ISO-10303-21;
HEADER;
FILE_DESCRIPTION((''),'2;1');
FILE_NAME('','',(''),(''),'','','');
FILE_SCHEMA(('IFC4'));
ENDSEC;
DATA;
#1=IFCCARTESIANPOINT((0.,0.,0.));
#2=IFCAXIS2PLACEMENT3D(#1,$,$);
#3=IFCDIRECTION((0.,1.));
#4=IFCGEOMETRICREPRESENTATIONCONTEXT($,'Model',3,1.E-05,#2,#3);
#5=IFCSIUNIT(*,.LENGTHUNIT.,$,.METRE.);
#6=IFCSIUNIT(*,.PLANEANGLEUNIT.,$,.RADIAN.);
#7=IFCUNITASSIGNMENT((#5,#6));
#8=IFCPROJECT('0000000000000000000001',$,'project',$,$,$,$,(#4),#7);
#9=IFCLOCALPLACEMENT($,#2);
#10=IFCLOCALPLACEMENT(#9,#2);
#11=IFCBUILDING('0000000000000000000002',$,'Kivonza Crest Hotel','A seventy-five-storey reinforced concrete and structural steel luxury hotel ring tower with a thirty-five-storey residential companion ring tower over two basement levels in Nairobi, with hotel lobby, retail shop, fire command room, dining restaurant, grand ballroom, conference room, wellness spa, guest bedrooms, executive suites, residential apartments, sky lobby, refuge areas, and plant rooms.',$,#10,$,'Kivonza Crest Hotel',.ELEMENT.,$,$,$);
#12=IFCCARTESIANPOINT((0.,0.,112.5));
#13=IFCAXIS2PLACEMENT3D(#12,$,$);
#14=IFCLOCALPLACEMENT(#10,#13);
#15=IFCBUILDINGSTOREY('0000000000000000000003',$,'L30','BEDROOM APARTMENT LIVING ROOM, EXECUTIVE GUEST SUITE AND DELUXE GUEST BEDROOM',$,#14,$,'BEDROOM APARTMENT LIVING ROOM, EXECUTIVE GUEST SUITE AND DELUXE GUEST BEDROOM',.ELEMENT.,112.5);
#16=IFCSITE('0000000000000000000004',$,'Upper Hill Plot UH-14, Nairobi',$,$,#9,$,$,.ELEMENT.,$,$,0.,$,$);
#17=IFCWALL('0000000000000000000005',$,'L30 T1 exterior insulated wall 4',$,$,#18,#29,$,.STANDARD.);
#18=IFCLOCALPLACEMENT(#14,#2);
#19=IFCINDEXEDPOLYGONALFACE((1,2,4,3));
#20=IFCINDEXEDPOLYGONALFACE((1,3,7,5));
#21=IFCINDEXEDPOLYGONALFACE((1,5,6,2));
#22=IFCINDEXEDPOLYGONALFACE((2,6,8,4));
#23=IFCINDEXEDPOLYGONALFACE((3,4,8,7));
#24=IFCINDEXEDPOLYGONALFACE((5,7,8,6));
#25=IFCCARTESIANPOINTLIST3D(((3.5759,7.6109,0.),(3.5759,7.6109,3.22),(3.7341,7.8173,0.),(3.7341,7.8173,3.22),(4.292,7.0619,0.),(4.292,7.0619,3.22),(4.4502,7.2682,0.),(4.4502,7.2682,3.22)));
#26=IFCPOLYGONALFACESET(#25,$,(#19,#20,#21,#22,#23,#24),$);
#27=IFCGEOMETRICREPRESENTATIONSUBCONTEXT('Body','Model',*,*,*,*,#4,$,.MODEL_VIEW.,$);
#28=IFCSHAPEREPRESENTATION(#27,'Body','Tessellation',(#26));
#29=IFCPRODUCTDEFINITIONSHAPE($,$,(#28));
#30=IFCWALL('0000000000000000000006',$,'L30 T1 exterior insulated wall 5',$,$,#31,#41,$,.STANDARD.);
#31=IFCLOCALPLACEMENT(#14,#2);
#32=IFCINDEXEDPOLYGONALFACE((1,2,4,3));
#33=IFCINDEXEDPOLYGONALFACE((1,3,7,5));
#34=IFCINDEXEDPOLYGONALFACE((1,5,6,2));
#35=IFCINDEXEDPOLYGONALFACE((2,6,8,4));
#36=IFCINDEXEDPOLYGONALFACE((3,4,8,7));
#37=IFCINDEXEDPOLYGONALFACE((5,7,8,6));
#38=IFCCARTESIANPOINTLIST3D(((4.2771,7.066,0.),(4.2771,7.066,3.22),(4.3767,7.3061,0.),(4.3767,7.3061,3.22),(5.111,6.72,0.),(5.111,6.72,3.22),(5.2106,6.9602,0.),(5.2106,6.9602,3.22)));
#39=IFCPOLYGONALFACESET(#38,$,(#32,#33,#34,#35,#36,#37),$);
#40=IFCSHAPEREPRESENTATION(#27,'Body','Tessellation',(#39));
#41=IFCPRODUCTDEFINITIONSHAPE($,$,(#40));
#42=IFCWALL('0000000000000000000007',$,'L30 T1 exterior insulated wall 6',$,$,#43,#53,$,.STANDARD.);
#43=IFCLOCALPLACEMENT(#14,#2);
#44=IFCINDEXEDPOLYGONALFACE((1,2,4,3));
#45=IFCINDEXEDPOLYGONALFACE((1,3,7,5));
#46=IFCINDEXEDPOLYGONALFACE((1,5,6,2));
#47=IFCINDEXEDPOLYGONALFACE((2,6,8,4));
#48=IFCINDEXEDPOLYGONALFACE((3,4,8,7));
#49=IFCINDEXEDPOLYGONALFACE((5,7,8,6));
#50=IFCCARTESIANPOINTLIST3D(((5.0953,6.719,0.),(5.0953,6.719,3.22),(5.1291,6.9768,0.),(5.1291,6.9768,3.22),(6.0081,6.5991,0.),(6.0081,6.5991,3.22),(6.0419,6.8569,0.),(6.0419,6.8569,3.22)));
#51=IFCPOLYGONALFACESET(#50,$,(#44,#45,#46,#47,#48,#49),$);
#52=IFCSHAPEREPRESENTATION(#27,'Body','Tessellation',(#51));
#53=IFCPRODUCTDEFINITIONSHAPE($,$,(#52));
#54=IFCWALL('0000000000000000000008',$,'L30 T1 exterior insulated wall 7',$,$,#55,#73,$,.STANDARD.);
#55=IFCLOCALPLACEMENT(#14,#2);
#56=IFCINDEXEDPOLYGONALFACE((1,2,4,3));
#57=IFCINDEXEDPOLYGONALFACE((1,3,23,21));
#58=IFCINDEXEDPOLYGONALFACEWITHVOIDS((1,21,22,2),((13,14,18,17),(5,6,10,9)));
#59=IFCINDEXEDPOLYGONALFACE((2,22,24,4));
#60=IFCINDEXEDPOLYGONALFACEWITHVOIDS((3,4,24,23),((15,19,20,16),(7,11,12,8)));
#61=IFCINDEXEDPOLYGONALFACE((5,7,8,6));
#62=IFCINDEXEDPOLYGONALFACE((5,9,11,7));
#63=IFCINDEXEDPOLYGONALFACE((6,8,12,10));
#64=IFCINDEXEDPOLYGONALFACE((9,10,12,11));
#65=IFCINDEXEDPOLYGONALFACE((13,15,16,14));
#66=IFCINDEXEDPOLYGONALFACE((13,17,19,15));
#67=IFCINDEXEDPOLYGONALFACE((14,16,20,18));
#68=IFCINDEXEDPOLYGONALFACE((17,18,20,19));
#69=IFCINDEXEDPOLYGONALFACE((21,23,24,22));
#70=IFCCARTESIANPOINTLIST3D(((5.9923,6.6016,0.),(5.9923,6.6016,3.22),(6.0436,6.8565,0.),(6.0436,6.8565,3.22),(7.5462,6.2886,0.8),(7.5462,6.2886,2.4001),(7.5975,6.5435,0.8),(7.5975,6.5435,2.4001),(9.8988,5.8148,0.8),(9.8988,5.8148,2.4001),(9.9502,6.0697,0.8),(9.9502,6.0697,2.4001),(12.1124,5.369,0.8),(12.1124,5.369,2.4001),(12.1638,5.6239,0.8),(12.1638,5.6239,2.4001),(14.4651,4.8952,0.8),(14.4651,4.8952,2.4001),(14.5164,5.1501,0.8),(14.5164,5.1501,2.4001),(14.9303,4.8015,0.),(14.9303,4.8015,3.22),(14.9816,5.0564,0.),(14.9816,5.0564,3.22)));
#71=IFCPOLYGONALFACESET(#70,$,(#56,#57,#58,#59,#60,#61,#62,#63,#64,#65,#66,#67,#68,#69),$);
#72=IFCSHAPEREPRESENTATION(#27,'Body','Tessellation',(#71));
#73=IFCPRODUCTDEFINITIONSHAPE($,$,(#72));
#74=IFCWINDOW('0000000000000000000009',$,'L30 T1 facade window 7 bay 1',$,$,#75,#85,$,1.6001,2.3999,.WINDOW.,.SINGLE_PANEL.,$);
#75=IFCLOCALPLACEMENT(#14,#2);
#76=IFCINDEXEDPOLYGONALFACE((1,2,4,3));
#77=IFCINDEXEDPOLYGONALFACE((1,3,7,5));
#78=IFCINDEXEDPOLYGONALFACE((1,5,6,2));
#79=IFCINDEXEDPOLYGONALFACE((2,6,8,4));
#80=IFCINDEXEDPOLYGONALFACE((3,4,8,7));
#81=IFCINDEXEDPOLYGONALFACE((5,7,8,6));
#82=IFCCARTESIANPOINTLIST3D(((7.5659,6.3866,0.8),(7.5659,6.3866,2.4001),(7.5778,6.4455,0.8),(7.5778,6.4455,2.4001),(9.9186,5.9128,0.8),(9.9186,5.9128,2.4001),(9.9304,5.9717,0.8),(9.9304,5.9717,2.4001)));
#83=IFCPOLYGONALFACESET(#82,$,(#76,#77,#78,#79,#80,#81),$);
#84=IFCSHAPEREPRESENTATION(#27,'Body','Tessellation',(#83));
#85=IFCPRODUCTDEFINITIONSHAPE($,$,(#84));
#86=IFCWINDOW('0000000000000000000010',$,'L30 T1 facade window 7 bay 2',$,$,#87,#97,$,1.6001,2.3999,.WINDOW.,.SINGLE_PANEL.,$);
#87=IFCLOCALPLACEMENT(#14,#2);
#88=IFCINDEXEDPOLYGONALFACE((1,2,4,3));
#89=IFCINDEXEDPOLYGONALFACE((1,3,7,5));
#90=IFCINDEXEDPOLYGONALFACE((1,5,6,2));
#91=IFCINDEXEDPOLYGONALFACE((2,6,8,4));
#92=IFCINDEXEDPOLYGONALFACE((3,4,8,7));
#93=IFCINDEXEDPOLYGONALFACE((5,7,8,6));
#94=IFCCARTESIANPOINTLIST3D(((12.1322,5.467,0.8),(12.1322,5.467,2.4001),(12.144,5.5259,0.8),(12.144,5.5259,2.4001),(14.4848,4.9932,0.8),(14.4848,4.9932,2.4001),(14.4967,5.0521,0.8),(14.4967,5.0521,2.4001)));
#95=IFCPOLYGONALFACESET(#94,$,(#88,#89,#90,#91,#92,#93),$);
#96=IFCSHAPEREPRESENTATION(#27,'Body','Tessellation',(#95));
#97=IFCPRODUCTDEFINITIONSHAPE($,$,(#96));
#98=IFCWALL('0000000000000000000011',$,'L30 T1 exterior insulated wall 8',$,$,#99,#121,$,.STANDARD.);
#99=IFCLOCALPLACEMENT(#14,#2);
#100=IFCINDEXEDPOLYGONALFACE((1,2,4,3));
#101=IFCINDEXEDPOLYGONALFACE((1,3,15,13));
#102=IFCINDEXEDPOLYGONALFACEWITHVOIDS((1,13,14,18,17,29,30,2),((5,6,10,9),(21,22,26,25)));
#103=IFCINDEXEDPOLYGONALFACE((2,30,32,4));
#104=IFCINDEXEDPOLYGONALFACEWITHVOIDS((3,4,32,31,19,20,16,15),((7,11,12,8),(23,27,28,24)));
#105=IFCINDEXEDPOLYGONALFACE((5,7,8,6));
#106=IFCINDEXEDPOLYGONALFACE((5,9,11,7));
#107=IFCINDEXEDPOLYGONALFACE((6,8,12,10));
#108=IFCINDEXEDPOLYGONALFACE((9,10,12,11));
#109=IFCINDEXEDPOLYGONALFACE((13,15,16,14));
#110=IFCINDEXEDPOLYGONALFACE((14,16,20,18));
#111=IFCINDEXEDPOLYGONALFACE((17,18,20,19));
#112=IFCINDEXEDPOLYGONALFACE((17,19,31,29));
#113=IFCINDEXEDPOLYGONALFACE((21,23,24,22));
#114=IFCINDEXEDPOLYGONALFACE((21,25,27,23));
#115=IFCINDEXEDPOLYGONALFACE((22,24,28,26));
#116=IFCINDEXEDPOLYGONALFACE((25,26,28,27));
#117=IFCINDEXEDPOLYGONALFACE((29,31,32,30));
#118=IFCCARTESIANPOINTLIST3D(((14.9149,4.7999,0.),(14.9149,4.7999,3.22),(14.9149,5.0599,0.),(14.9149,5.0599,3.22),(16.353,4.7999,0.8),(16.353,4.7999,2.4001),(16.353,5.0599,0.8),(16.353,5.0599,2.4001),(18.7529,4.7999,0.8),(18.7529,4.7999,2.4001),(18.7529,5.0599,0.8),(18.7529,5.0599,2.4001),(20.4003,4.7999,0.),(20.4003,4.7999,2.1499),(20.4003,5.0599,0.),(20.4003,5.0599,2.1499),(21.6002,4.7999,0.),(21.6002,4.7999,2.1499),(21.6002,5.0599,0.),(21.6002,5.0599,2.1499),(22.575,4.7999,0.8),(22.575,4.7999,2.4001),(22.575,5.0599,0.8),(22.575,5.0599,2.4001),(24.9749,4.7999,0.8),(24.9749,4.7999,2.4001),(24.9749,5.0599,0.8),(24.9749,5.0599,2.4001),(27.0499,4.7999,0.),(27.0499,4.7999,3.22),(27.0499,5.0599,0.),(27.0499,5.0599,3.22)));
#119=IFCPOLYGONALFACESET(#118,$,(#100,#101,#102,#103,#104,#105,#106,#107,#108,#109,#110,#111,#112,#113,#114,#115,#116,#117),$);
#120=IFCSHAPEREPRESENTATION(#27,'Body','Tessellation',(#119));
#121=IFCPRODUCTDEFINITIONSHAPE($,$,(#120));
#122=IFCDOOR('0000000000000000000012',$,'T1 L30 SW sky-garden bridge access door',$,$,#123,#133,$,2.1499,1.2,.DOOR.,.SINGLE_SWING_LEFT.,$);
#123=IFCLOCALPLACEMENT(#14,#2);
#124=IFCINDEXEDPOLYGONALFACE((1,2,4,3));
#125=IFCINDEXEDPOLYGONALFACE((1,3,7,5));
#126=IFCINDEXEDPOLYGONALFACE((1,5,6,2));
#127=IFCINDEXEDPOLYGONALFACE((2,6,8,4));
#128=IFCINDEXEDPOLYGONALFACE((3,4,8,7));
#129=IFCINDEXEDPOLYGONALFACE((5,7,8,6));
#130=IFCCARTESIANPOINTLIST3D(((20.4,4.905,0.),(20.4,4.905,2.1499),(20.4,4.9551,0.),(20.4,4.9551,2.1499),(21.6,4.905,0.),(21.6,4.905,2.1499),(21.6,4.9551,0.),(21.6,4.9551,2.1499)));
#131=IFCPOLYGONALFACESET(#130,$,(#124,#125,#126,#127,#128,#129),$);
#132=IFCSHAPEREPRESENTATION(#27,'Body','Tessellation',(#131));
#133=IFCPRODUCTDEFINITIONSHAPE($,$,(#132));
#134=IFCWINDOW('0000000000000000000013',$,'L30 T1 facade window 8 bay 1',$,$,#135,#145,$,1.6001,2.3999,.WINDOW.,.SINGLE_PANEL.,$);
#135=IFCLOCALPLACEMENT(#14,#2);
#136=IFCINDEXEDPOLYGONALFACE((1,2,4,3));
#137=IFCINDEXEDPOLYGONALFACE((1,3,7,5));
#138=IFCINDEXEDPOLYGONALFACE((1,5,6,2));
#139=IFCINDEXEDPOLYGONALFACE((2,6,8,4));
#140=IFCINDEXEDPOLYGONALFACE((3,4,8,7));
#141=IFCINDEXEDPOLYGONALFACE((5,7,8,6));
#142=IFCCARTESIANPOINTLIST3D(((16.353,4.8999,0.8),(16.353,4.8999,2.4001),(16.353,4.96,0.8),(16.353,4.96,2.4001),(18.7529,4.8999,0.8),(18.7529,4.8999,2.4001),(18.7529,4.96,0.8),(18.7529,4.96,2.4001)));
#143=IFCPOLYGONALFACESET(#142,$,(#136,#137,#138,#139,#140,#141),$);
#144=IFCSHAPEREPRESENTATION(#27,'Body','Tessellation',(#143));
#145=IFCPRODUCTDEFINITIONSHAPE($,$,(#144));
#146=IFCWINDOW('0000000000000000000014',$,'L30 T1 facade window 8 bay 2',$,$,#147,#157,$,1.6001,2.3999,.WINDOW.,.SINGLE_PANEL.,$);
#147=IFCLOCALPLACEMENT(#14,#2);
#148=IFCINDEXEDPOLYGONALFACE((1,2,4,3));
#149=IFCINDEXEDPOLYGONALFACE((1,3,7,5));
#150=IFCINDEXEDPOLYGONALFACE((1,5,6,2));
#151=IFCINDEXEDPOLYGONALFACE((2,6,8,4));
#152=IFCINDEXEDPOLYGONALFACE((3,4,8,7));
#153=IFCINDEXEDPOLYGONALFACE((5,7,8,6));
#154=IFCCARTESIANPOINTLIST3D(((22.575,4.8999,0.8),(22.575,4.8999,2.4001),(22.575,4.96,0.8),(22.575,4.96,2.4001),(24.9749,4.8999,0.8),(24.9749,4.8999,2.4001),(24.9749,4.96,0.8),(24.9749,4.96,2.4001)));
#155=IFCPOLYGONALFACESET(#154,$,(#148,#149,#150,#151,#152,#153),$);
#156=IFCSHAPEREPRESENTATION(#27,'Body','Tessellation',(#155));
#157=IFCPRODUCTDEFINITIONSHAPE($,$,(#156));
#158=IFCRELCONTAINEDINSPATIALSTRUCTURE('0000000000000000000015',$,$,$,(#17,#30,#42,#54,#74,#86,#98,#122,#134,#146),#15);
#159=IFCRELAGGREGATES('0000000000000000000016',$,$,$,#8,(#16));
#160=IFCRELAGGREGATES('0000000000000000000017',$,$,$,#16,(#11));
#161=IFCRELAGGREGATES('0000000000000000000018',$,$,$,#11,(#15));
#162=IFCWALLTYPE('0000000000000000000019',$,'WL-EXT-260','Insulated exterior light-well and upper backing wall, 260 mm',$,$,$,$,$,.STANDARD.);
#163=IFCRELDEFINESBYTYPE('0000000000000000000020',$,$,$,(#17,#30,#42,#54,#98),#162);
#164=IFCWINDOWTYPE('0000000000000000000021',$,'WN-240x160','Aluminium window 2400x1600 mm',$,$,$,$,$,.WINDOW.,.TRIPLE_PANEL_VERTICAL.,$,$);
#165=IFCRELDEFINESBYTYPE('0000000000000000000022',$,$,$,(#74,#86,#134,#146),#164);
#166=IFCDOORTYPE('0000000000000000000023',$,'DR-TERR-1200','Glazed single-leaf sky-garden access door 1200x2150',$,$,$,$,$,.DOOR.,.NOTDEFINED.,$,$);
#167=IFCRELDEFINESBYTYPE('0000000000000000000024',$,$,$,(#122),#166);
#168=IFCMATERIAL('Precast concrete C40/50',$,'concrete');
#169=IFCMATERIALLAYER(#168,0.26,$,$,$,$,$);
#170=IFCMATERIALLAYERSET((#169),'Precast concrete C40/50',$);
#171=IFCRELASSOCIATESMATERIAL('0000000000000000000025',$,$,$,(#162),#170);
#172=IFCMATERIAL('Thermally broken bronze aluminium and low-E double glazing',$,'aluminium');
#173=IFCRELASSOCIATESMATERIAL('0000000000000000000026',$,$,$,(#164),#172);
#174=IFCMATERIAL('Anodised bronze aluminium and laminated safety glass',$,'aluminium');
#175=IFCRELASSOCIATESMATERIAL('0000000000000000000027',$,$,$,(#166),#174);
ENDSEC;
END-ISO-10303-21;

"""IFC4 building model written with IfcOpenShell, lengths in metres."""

from ifc_helpers import new_model, si_unit, direction, frame, frame_2d, origin, place, context, subcontext, project, spatial, rectangle, extrude, material, layer, layer_set, type_object, element, fill, save


model = new_model("IFC4")

# Units and contexts
model_context = context("Model", 3, precision=1e-05, world=origin(), true_north=direction((0.0, 1.0)))
body_context = subcontext(model_context, "Body", "Model", "MODEL_VIEW")
ifc_project = project(units=[si_unit("LENGTHUNIT", "METRE"), si_unit("PLANEANGLEUNIT", "RADIAN")], contexts=[model_context])

# Site, building, storey
site_placement = place(None, origin())
site = spatial("IfcSite", under=ifc_project, at=site_placement, Name="Upper Hill Plot UH-14, Nairobi", CompositionType="ELEMENT", RefElevation=0.0)
building_placement = place(site_placement, origin())
building = spatial("IfcBuilding", under=site, at=building_placement, Name="Kivonza Crest Hotel", Description="A seventy-five-storey reinforced concrete and structural steel luxury hotel ring tower with a thirty-five-storey residential companion ring tower over two basement levels in Nairobi, with hotel lobby, retail shop, fire command room, dining restaurant, grand ballroom, conference room, wellness spa, guest bedrooms, executive suites, residential apartments, sky lobby, refuge areas, and plant rooms.", LongName="Kivonza Crest Hotel", CompositionType="ELEMENT")
storey_placement = place(building_placement, frame((0.0, 0.0, 112.5)))
storey = spatial("IfcBuildingStorey", under=building, at=storey_placement, Name="L30", Description="BEDROOM APARTMENT LIVING ROOM, EXECUTIVE GUEST SUITE AND DELUXE GUEST BEDROOM", LongName="BEDROOM APARTMENT LIVING ROOM, EXECUTIVE GUEST SUITE AND DELUXE GUEST BEDROOM", CompositionType="ELEMENT", Elevation=112.5)

# Walls
ifc_material_1 = material(Name="Precast concrete C40/50", Category="concrete")
ifc_layer_1 = layer(ifc_material_1, 0.26)
ifc_layer_set_1 = layer_set([ifc_layer_1], Name="Precast concrete C40/50")
wall_type_1 = type_object("IfcWallType", Name="WL-EXT-260", Description="Insulated exterior light-well and upper backing wall, 260 mm", PredefinedType="STANDARD", material=ifc_layer_set_1)
wall_1_placement = place(storey_placement, frame((3.655, 7.7141, 0.0), z_axis=(0.0, 0.0, 1.0), x_axis=(0.793558, -0.608494, 0.0)))
element("IfcWall", 1, at=wall_1_placement, inside=storey, type_object=wall_type_1, Name="L30 T1 exterior insulated wall 4", PredefinedType="STANDARD", context=body_context, shape_type="SweptSolid", body=[
    extrude(rectangle(XDim=0.9023, YDim=0.26, at=frame_2d((0.4512, 0.0))), origin(), (0.0, 0.0, 1.0), 3.22),
])
wall_2_placement = place(storey_placement, frame((4.3269, 7.186, 0.0), z_axis=(0.0, 0.0, 1.0), x_axis=(0.923684, -0.383156, 0.0)))
element("IfcWall", 2, at=wall_2_placement, inside=storey, type_object=wall_type_1, Name="L30 T1 exterior insulated wall 5", PredefinedType="STANDARD", context=body_context, shape_type="SweptSolid", body=[
    extrude(rectangle(XDim=0.9028, YDim=0.26, at=frame_2d((0.4514, 0.0))), origin(), (0.0, 0.0, 1.0), 3.22),
])
wall_3_placement = place(storey_placement, frame((5.1121, 6.8479, 0.0), z_axis=(0.0, 0.0, 1.0), x_axis=(0.991488, -0.130201, 0.0)))
element("IfcWall", 3, at=wall_3_placement, inside=storey, type_object=wall_type_1, Name="L30 T1 exterior insulated wall 6", PredefinedType="STANDARD", context=body_context, shape_type="SweptSolid", body=[
    extrude(rectangle(XDim=0.9207, YDim=0.26, at=frame_2d((0.4604, 0.0))), origin(), (0.0, 0.0, 1.0), 3.22),
])

# Wall, openings, windows
wall_4_placement = place(storey_placement, frame((6.0181, 6.729, 0.0), z_axis=(0.0, 0.0, 1.0), x_axis=(0.980317, -0.197429, 0.0)))
wall_4 = element("IfcWall", 4, at=wall_4_placement, inside=storey, type_object=wall_type_1, Name="L30 T1 exterior insulated wall 7", PredefinedType="STANDARD", context=body_context, shape_type="SweptSolid", body=[
    extrude(rectangle(XDim=9.1174, YDim=0.26, at=frame_2d((4.5586, 0.0))), origin(), (0.0, 0.0, 1.0), 3.22),
])
opening_1_placement = place(wall_4_placement, frame((1.585, 0.0, 0.8)))
opening_1 = element("IfcOpeningElement", 5, at=opening_1_placement, cuts=wall_4, PredefinedType="OPENING", context=body_context, shape_type="SweptSolid", body=[
    extrude(rectangle(XDim=2.3999, YDim=1.6001, at=frame_2d((1.2, 0.8))), frame((0.0, 0.1401, 0.0), z_axis=(0.0, -1.0, 0.0), x_axis=(1.0, 0.0, 0.0)), (0.0, 0.0, 1.0), 0.28),
])
opening_2_placement = place(wall_4_placement, frame((6.2429, 0.0, 0.8)))
opening_2 = element("IfcOpeningElement", 6, at=opening_2_placement, cuts=wall_4, PredefinedType="OPENING", context=body_context, shape_type="SweptSolid", body=[
    extrude(rectangle(XDim=2.3999, YDim=1.6001, at=frame_2d((1.2, 0.8))), frame((0.0, 0.1401, 0.0), z_axis=(0.0, -1.0, 0.0), x_axis=(1.0, 0.0, 0.0)), (0.0, 0.0, 1.0), 0.28),
])
ifc_material_2 = material(Name="Thermally broken bronze aluminium and low-E double glazing", Category="aluminium")
window_type = type_object("IfcWindowType", Name="WN-240x160", Description="Aluminium window 2400x1600 mm", PartitioningType="TRIPLE_PANEL_VERTICAL", PredefinedType="WINDOW", material=ifc_material_2)
window_1_placement = place(opening_1_placement, origin())
window_1 = element("IfcWindow", 7, at=window_1_placement, inside=storey, type_object=window_type, Name="L30 T1 facade window 7 bay 1", OverallHeight=1.6001, OverallWidth=2.3999, PartitioningType="SINGLE_PANEL", PredefinedType="WINDOW", context=body_context, shape_type="SweptSolid", body=[
    extrude(rectangle(XDim=2.3999, YDim=1.6001, at=frame_2d((1.2, 0.8))), frame((0.0, 0.03, 0.0), z_axis=(0.0, -1.0, 0.0), x_axis=(1.0, 0.0, 0.0)), (0.0, 0.0, 1.0), 0.0601),
])
fill(opening_1, window_1)
window_2_placement = place(opening_2_placement, origin())
window_2 = element("IfcWindow", 8, at=window_2_placement, inside=storey, type_object=window_type, Name="L30 T1 facade window 7 bay 2", OverallHeight=1.6001, OverallWidth=2.3999, PartitioningType="SINGLE_PANEL", PredefinedType="WINDOW", context=body_context, shape_type="SweptSolid", body=[
    extrude(rectangle(XDim=2.3999, YDim=1.6001, at=frame_2d((1.2, 0.8))), frame((0.0, 0.03, 0.0), z_axis=(0.0, -1.0, 0.0), x_axis=(1.0, 0.0, 0.0)), (0.0, 0.0, 1.0), 0.0601),
])
fill(opening_2, window_2)

# Wall, openings, door, windows
wall_5_placement = place(storey_placement, frame((14.915, 4.9299, 0.0), z_axis=(0.0, 0.0, 1.0), x_axis=(1.0, 0.0, 0.0)))
wall_5 = element("IfcWall", 9, at=wall_5_placement, inside=storey, type_object=wall_type_1, Name="L30 T1 exterior insulated wall 8", PredefinedType="STANDARD", context=body_context, shape_type="SweptSolid", body=[
    extrude(rectangle(XDim=12.135, YDim=0.26, at=frame_2d((6.0674, 0.0))), origin(), (0.0, 0.0, 1.0), 3.22),
])
opening_3_placement = place(wall_5_placement, frame((5.4851, 0.0, 0.0)))
opening_3 = element("IfcOpeningElement", 10, at=opening_3_placement, cuts=wall_5, PredefinedType="OPENING", context=body_context, shape_type="SweptSolid", body=[
    extrude(rectangle(XDim=1.2, YDim=2.1499, at=frame_2d((0.6001, 1.075))), frame((0.0, 0.1401, 0.0), z_axis=(0.0, -1.0, 0.0), x_axis=(1.0, 0.0, 0.0)), (0.0, 0.0, 1.0), 0.28),
])
opening_4_placement = place(wall_5_placement, frame((1.438, 0.0, 0.8)))
opening_4 = element("IfcOpeningElement", 11, at=opening_4_placement, cuts=wall_5, PredefinedType="OPENING", context=body_context, shape_type="SweptSolid", body=[
    extrude(rectangle(XDim=2.3999, YDim=1.6001, at=frame_2d((1.2, 0.8))), frame((0.0, 0.1401, 0.0), z_axis=(0.0, -1.0, 0.0), x_axis=(1.0, 0.0, 0.0)), (0.0, 0.0, 1.0), 0.28),
])
opening_5_placement = place(wall_5_placement, frame((7.6599, 0.0, 0.8)))
opening_5 = element("IfcOpeningElement", 12, at=opening_5_placement, cuts=wall_5, PredefinedType="OPENING", context=body_context, shape_type="SweptSolid", body=[
    extrude(rectangle(XDim=2.3999, YDim=1.6001, at=frame_2d((1.2, 0.8))), frame((0.0, 0.1401, 0.0), z_axis=(0.0, -1.0, 0.0), x_axis=(1.0, 0.0, 0.0)), (0.0, 0.0, 1.0), 0.28),
])
ifc_material_3 = material(Name="Anodised bronze aluminium and laminated safety glass", Category="aluminium")
door_type_1 = type_object("IfcDoorType", Name="DR-TERR-1200", Description="Glazed single-leaf sky-garden access door 1200x2150", OperationType="NOTDEFINED", PredefinedType="DOOR", material=ifc_material_3)
door_1_placement = place(opening_3_placement, frame((1.2, 0.0, 0.0), z_axis=(0.0, 0.0, 1.0), x_axis=(-1.0, 0.0, 0.0)))
door_1 = element("IfcDoor", 13, at=door_1_placement, inside=storey, type_object=door_type_1, Name="T1 L30 SW sky-garden bridge access door", OperationType="SINGLE_SWING_LEFT", OverallHeight=2.1499, OverallWidth=1.2, PredefinedType="DOOR", context=body_context, shape_type="SweptSolid", body=[
    extrude(rectangle(XDim=1.2, YDim=2.1499, at=frame_2d((0.6001, 1.075))), frame((0.0, 0.0249, 0.0), z_axis=(0.0, -1.0, 0.0), x_axis=(1.0, 0.0, 0.0)), (0.0, 0.0, 1.0), 0.05),
])
fill(opening_3, door_1)
window_3_placement = place(opening_4_placement, origin())
window_3 = element("IfcWindow", 14, at=window_3_placement, inside=storey, type_object=window_type, Name="L30 T1 facade window 8 bay 1", OverallHeight=1.6001, OverallWidth=2.3999, PartitioningType="SINGLE_PANEL", PredefinedType="WINDOW", context=body_context, shape_type="SweptSolid", body=[
    extrude(rectangle(XDim=2.3999, YDim=1.6001, at=frame_2d((1.2, 0.8))), frame((0.0, 0.03, 0.0), z_axis=(0.0, -1.0, 0.0), x_axis=(1.0, 0.0, 0.0)), (0.0, 0.0, 1.0), 0.0601),
])
fill(opening_4, window_3)
window_4_placement = place(opening_5_placement, origin())
window_4 = element("IfcWindow", 15, at=window_4_placement, inside=storey, type_object=window_type, Name="L30 T1 facade window 8 bay 2", OverallHeight=1.6001, OverallWidth=2.3999, PartitioningType="SINGLE_PANEL", PredefinedType="WINDOW", context=body_context, shape_type="SweptSolid", body=[
    extrude(rectangle(XDim=2.3999, YDim=1.6001, at=frame_2d((1.2, 0.8))), frame((0.0, 0.03, 0.0), z_axis=(0.0, -1.0, 0.0), x_axis=(1.0, 0.0, 0.0)), (0.0, 0.0, 1.0), 0.0601),
])
fill(opening_5, window_4)

save(model, "model.ifc")
